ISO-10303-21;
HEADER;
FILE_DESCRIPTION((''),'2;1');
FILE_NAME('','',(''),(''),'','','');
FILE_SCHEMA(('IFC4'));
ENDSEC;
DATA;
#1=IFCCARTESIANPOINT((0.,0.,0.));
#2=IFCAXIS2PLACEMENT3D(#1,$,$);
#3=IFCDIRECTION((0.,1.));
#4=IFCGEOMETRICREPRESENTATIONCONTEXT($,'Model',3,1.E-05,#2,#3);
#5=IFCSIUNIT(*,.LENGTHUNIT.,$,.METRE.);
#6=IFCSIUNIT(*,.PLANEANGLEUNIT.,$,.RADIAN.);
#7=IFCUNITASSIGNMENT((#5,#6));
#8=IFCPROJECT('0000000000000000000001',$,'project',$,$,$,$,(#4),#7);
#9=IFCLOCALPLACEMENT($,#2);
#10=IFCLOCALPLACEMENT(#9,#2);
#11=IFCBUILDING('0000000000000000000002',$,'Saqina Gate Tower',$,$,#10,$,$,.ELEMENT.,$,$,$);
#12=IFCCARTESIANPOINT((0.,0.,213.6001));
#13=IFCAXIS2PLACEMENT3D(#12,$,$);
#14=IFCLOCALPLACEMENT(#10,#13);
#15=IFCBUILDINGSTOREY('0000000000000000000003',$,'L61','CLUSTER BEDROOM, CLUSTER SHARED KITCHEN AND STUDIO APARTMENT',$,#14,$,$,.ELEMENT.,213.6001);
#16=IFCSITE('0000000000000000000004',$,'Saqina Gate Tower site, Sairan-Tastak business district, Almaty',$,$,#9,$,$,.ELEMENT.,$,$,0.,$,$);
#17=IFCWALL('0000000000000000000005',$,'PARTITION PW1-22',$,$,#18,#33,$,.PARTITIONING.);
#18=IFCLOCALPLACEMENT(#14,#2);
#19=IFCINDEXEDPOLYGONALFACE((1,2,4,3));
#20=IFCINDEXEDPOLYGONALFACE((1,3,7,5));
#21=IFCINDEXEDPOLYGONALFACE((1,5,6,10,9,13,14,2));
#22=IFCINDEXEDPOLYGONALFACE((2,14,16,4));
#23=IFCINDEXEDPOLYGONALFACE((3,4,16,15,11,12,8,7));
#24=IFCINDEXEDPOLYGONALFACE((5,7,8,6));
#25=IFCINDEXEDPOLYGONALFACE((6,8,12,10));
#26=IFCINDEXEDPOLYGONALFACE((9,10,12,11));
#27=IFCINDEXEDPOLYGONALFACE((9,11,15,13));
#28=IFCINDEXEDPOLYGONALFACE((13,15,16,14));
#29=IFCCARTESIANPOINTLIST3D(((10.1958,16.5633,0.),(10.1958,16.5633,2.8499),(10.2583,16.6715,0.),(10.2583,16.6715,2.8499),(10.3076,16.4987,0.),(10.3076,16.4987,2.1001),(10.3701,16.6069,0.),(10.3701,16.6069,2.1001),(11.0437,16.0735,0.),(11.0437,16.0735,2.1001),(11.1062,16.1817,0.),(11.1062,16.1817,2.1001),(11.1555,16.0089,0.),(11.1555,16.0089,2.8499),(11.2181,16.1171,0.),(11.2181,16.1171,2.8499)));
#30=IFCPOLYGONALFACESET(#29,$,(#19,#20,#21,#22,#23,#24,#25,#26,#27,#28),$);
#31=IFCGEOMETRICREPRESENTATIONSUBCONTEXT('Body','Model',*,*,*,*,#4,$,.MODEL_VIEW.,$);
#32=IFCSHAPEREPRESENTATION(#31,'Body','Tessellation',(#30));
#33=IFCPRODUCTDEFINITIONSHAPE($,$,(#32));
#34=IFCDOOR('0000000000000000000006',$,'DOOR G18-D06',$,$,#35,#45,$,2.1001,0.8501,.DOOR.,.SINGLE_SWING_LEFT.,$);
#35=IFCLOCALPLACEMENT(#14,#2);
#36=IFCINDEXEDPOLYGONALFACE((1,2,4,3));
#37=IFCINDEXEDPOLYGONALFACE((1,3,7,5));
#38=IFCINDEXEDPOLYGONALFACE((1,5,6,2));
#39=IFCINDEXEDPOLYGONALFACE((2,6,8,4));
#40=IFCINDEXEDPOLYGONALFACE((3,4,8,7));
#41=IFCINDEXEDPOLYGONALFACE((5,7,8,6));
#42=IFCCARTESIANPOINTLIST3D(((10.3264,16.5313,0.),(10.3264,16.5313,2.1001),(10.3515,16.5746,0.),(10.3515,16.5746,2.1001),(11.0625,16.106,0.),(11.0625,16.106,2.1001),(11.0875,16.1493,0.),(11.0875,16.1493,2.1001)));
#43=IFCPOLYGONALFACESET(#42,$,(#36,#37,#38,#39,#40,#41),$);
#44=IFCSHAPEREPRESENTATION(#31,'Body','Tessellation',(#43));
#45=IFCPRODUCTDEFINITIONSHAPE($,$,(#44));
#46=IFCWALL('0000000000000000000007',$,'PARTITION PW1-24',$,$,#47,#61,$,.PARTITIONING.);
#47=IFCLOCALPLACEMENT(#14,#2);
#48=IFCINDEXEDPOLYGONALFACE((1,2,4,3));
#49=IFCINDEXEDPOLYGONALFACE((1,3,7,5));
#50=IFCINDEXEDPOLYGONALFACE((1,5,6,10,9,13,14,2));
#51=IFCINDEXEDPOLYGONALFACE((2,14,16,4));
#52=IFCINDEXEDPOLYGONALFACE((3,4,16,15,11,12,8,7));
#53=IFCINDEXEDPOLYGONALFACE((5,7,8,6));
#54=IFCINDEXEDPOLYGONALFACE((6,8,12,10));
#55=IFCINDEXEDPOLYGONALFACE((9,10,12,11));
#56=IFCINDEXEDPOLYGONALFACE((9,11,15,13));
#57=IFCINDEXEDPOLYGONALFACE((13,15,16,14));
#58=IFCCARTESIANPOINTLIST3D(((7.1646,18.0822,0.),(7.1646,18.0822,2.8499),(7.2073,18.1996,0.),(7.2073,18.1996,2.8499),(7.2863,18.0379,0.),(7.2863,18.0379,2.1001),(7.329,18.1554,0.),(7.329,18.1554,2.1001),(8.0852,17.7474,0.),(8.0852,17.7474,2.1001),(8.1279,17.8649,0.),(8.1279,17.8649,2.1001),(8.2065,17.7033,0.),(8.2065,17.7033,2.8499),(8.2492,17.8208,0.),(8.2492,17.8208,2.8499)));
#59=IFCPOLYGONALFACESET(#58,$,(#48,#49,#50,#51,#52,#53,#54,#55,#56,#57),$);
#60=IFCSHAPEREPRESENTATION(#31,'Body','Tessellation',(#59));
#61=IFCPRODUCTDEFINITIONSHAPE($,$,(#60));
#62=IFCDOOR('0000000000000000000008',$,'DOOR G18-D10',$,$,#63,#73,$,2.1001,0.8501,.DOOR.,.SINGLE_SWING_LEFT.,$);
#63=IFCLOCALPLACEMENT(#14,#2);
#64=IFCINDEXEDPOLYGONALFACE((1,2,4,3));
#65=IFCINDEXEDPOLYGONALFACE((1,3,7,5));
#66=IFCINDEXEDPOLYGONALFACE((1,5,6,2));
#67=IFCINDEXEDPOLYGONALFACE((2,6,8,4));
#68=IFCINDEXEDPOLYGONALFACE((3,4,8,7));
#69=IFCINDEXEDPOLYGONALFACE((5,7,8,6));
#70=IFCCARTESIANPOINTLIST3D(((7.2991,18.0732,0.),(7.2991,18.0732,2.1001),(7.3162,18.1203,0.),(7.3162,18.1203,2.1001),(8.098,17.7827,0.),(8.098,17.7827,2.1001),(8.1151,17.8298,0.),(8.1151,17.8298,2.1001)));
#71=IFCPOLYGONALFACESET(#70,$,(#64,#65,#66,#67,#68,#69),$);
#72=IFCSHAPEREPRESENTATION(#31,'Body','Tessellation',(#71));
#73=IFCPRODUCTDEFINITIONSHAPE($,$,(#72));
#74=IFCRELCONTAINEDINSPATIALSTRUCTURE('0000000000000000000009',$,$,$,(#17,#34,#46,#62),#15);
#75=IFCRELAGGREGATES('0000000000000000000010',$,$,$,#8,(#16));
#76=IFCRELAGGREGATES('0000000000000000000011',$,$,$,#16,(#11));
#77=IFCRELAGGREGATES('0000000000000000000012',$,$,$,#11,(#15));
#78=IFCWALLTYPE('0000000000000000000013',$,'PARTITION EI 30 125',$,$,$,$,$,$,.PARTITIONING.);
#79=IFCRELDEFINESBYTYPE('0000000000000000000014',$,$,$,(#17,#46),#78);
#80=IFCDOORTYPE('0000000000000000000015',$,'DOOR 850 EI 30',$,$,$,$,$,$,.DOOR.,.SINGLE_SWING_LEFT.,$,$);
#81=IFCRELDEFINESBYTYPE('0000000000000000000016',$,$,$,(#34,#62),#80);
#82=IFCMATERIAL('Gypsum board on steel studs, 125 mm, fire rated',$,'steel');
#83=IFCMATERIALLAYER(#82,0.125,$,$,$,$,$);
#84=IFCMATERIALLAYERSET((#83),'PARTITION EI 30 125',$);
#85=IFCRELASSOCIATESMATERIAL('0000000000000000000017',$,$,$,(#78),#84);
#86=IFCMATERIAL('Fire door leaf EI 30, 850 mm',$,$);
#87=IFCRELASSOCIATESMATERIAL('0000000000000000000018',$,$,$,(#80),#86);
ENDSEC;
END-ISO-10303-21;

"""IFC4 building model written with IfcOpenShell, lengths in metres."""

from ifc_helpers import new_model, si_unit, direction, frame, frame_2d, origin, place, context, subcontext, project, spatial, rectangle, extrude, material, layer, layer_set, type_object, element, fill, save


model = new_model("IFC4")

# Units and contexts
model_context = context("Model", 3, precision=1e-05, world=origin(), true_north=direction((0.0, 1.0)))
body_context = subcontext(model_context, "Body", "Model", "MODEL_VIEW")
ifc_project = project(units=[si_unit("LENGTHUNIT", "METRE"), si_unit("PLANEANGLEUNIT", "RADIAN")], contexts=[model_context])

# Site, building, storey
site_placement = place(None, origin())
site = spatial("IfcSite", under=ifc_project, at=site_placement, Name="Saqina Gate Tower site, Sairan-Tastak business district, Almaty", CompositionType="ELEMENT", RefElevation=0.0)
building_placement = place(site_placement, origin())
building = spatial("IfcBuilding", under=site, at=building_placement, Name="Saqina Gate Tower", CompositionType="ELEMENT")
storey_placement = place(building_placement, frame((0.0, 0.0, 213.6001)))
storey = spatial("IfcBuildingStorey", under=building, at=storey_placement, Name="L61", Description="CLUSTER BEDROOM, CLUSTER SHARED KITCHEN AND STUDIO APARTMENT", CompositionType="ELEMENT", Elevation=213.6001)

# Walls, openings, doors
ifc_material_1 = material(Name="Gypsum board on steel studs, 125 mm, fire rated", Category="steel")
ifc_layer_1 = layer(ifc_material_1, 0.125)
ifc_layer_set_1 = layer_set([ifc_layer_1], Name="PARTITION EI 30 125")
wall_type_1 = type_object("IfcWallType", Name="PARTITION EI 30 125", PredefinedType="PARTITIONING", material=ifc_layer_set_1)
wall_1_placement = place(storey_placement, frame((10.2271, 16.6174, 0.0), z_axis=(0.0, 0.0, 1.0), x_axis=(0.865888, -0.500237, 0.0)))
wall_1 = element("IfcWall", 1, at=wall_1_placement, inside=storey, type_object=wall_type_1, Name="PARTITION PW1-22", PredefinedType="PARTITIONING", context=body_context, shape_type="SweptSolid", body=[
    extrude(rectangle(XDim=1.1084, YDim=0.125, at=frame_2d((0.5542, 0.0))), origin(), (0.0, 0.0, 1.0), 2.8499),
])
opening_1_placement = place(wall_1_placement, frame((0.1292, 0.0, 0.0)))
opening_1 = element("IfcOpeningElement", 2, at=opening_1_placement, cuts=wall_1, PredefinedType="OPENING", context=body_context, shape_type="SweptSolid", body=[
    extrude(rectangle(XDim=0.8501, YDim=2.1001, at=frame_2d((0.425, 1.05))), frame((0.0, 0.0745, 0.0), z_axis=(0.0, -1.0, 0.0), x_axis=(1.0, 0.0, 0.0)), (0.0, 0.0, 1.0), 0.1489),
])
ifc_material_2 = material(Name="Fire door leaf EI 30, 850 mm")
door_type_1 = type_object("IfcDoorType", Name="DOOR 850 EI 30", OperationType="SINGLE_SWING_LEFT", PredefinedType="DOOR", material=ifc_material_2)
door_1_placement = place(opening_1_placement, frame((0.8501, 0.0, 0.0), z_axis=(0.0, 0.0, 1.0), x_axis=(-1.0, 0.0, 0.0)))
door_1 = element("IfcDoor", 3, at=door_1_placement, inside=storey, type_object=door_type_1, Name="DOOR G18-D06", OperationType="SINGLE_SWING_LEFT", OverallHeight=2.1001, OverallWidth=0.8501, PredefinedType="DOOR", context=body_context, shape_type="SweptSolid", body=[
    extrude(rectangle(XDim=0.8501, YDim=2.1001, at=frame_2d((0.425, 1.05))), frame((0.0, 0.0249, 0.0), z_axis=(0.0, -1.0, 0.0), x_axis=(1.0, 0.0, 0.0)), (0.0, 0.0, 1.0), 0.05),
])
fill(opening_1, door_1)
wall_2_placement = place(storey_placement, frame((7.186, 18.1409, 0.0), z_axis=(0.0, 0.0, 1.0), x_axis=(0.939793, -0.341743, 0.0)))
wall_2 = element("IfcWall", 4, at=wall_2_placement, inside=storey, type_object=wall_type_1, Name="PARTITION PW1-24", PredefinedType="PARTITIONING", context=body_context, shape_type="SweptSolid", body=[
    extrude(rectangle(XDim=1.1086, YDim=0.125, at=frame_2d((0.5542, 0.0))), origin(), (0.0, 0.0, 1.0), 2.8499),
])
opening_2_placement = place(wall_2_placement, frame((0.1294, 0.0, 0.0)))
opening_2 = element("IfcOpeningElement", 5, at=opening_2_placement, cuts=wall_2, PredefinedType="OPENING", context=body_context, shape_type="SweptSolid", body=[
    extrude(rectangle(XDim=0.8501, YDim=2.1001, at=frame_2d((0.425, 1.05))), frame((0.0, 0.0745, 0.0), z_axis=(0.0, -1.0, 0.0), x_axis=(1.0, 0.0, 0.0)), (0.0, 0.0, 1.0), 0.1489),
])
door_2_placement = place(opening_2_placement, frame((0.8501, 0.0, 0.0), z_axis=(0.0, 0.0, 1.0), x_axis=(-1.0, 0.0, 0.0)))
door_2 = element("IfcDoor", 6, at=door_2_placement, inside=storey, type_object=door_type_1, Name="DOOR G18-D10", OperationType="SINGLE_SWING_LEFT", OverallHeight=2.1001, OverallWidth=0.8501, PredefinedType="DOOR", context=body_context, shape_type="SweptSolid", body=[
    extrude(rectangle(XDim=0.8501, YDim=2.1001, at=frame_2d((0.425, 1.05))), frame((0.0, 0.0249, 0.0), z_axis=(0.0, -1.0, 0.0), x_axis=(1.0, 0.0, 0.0)), (0.0, 0.0, 1.0), 0.05),
])
fill(opening_2, door_2)

save(model, "model.ifc")
